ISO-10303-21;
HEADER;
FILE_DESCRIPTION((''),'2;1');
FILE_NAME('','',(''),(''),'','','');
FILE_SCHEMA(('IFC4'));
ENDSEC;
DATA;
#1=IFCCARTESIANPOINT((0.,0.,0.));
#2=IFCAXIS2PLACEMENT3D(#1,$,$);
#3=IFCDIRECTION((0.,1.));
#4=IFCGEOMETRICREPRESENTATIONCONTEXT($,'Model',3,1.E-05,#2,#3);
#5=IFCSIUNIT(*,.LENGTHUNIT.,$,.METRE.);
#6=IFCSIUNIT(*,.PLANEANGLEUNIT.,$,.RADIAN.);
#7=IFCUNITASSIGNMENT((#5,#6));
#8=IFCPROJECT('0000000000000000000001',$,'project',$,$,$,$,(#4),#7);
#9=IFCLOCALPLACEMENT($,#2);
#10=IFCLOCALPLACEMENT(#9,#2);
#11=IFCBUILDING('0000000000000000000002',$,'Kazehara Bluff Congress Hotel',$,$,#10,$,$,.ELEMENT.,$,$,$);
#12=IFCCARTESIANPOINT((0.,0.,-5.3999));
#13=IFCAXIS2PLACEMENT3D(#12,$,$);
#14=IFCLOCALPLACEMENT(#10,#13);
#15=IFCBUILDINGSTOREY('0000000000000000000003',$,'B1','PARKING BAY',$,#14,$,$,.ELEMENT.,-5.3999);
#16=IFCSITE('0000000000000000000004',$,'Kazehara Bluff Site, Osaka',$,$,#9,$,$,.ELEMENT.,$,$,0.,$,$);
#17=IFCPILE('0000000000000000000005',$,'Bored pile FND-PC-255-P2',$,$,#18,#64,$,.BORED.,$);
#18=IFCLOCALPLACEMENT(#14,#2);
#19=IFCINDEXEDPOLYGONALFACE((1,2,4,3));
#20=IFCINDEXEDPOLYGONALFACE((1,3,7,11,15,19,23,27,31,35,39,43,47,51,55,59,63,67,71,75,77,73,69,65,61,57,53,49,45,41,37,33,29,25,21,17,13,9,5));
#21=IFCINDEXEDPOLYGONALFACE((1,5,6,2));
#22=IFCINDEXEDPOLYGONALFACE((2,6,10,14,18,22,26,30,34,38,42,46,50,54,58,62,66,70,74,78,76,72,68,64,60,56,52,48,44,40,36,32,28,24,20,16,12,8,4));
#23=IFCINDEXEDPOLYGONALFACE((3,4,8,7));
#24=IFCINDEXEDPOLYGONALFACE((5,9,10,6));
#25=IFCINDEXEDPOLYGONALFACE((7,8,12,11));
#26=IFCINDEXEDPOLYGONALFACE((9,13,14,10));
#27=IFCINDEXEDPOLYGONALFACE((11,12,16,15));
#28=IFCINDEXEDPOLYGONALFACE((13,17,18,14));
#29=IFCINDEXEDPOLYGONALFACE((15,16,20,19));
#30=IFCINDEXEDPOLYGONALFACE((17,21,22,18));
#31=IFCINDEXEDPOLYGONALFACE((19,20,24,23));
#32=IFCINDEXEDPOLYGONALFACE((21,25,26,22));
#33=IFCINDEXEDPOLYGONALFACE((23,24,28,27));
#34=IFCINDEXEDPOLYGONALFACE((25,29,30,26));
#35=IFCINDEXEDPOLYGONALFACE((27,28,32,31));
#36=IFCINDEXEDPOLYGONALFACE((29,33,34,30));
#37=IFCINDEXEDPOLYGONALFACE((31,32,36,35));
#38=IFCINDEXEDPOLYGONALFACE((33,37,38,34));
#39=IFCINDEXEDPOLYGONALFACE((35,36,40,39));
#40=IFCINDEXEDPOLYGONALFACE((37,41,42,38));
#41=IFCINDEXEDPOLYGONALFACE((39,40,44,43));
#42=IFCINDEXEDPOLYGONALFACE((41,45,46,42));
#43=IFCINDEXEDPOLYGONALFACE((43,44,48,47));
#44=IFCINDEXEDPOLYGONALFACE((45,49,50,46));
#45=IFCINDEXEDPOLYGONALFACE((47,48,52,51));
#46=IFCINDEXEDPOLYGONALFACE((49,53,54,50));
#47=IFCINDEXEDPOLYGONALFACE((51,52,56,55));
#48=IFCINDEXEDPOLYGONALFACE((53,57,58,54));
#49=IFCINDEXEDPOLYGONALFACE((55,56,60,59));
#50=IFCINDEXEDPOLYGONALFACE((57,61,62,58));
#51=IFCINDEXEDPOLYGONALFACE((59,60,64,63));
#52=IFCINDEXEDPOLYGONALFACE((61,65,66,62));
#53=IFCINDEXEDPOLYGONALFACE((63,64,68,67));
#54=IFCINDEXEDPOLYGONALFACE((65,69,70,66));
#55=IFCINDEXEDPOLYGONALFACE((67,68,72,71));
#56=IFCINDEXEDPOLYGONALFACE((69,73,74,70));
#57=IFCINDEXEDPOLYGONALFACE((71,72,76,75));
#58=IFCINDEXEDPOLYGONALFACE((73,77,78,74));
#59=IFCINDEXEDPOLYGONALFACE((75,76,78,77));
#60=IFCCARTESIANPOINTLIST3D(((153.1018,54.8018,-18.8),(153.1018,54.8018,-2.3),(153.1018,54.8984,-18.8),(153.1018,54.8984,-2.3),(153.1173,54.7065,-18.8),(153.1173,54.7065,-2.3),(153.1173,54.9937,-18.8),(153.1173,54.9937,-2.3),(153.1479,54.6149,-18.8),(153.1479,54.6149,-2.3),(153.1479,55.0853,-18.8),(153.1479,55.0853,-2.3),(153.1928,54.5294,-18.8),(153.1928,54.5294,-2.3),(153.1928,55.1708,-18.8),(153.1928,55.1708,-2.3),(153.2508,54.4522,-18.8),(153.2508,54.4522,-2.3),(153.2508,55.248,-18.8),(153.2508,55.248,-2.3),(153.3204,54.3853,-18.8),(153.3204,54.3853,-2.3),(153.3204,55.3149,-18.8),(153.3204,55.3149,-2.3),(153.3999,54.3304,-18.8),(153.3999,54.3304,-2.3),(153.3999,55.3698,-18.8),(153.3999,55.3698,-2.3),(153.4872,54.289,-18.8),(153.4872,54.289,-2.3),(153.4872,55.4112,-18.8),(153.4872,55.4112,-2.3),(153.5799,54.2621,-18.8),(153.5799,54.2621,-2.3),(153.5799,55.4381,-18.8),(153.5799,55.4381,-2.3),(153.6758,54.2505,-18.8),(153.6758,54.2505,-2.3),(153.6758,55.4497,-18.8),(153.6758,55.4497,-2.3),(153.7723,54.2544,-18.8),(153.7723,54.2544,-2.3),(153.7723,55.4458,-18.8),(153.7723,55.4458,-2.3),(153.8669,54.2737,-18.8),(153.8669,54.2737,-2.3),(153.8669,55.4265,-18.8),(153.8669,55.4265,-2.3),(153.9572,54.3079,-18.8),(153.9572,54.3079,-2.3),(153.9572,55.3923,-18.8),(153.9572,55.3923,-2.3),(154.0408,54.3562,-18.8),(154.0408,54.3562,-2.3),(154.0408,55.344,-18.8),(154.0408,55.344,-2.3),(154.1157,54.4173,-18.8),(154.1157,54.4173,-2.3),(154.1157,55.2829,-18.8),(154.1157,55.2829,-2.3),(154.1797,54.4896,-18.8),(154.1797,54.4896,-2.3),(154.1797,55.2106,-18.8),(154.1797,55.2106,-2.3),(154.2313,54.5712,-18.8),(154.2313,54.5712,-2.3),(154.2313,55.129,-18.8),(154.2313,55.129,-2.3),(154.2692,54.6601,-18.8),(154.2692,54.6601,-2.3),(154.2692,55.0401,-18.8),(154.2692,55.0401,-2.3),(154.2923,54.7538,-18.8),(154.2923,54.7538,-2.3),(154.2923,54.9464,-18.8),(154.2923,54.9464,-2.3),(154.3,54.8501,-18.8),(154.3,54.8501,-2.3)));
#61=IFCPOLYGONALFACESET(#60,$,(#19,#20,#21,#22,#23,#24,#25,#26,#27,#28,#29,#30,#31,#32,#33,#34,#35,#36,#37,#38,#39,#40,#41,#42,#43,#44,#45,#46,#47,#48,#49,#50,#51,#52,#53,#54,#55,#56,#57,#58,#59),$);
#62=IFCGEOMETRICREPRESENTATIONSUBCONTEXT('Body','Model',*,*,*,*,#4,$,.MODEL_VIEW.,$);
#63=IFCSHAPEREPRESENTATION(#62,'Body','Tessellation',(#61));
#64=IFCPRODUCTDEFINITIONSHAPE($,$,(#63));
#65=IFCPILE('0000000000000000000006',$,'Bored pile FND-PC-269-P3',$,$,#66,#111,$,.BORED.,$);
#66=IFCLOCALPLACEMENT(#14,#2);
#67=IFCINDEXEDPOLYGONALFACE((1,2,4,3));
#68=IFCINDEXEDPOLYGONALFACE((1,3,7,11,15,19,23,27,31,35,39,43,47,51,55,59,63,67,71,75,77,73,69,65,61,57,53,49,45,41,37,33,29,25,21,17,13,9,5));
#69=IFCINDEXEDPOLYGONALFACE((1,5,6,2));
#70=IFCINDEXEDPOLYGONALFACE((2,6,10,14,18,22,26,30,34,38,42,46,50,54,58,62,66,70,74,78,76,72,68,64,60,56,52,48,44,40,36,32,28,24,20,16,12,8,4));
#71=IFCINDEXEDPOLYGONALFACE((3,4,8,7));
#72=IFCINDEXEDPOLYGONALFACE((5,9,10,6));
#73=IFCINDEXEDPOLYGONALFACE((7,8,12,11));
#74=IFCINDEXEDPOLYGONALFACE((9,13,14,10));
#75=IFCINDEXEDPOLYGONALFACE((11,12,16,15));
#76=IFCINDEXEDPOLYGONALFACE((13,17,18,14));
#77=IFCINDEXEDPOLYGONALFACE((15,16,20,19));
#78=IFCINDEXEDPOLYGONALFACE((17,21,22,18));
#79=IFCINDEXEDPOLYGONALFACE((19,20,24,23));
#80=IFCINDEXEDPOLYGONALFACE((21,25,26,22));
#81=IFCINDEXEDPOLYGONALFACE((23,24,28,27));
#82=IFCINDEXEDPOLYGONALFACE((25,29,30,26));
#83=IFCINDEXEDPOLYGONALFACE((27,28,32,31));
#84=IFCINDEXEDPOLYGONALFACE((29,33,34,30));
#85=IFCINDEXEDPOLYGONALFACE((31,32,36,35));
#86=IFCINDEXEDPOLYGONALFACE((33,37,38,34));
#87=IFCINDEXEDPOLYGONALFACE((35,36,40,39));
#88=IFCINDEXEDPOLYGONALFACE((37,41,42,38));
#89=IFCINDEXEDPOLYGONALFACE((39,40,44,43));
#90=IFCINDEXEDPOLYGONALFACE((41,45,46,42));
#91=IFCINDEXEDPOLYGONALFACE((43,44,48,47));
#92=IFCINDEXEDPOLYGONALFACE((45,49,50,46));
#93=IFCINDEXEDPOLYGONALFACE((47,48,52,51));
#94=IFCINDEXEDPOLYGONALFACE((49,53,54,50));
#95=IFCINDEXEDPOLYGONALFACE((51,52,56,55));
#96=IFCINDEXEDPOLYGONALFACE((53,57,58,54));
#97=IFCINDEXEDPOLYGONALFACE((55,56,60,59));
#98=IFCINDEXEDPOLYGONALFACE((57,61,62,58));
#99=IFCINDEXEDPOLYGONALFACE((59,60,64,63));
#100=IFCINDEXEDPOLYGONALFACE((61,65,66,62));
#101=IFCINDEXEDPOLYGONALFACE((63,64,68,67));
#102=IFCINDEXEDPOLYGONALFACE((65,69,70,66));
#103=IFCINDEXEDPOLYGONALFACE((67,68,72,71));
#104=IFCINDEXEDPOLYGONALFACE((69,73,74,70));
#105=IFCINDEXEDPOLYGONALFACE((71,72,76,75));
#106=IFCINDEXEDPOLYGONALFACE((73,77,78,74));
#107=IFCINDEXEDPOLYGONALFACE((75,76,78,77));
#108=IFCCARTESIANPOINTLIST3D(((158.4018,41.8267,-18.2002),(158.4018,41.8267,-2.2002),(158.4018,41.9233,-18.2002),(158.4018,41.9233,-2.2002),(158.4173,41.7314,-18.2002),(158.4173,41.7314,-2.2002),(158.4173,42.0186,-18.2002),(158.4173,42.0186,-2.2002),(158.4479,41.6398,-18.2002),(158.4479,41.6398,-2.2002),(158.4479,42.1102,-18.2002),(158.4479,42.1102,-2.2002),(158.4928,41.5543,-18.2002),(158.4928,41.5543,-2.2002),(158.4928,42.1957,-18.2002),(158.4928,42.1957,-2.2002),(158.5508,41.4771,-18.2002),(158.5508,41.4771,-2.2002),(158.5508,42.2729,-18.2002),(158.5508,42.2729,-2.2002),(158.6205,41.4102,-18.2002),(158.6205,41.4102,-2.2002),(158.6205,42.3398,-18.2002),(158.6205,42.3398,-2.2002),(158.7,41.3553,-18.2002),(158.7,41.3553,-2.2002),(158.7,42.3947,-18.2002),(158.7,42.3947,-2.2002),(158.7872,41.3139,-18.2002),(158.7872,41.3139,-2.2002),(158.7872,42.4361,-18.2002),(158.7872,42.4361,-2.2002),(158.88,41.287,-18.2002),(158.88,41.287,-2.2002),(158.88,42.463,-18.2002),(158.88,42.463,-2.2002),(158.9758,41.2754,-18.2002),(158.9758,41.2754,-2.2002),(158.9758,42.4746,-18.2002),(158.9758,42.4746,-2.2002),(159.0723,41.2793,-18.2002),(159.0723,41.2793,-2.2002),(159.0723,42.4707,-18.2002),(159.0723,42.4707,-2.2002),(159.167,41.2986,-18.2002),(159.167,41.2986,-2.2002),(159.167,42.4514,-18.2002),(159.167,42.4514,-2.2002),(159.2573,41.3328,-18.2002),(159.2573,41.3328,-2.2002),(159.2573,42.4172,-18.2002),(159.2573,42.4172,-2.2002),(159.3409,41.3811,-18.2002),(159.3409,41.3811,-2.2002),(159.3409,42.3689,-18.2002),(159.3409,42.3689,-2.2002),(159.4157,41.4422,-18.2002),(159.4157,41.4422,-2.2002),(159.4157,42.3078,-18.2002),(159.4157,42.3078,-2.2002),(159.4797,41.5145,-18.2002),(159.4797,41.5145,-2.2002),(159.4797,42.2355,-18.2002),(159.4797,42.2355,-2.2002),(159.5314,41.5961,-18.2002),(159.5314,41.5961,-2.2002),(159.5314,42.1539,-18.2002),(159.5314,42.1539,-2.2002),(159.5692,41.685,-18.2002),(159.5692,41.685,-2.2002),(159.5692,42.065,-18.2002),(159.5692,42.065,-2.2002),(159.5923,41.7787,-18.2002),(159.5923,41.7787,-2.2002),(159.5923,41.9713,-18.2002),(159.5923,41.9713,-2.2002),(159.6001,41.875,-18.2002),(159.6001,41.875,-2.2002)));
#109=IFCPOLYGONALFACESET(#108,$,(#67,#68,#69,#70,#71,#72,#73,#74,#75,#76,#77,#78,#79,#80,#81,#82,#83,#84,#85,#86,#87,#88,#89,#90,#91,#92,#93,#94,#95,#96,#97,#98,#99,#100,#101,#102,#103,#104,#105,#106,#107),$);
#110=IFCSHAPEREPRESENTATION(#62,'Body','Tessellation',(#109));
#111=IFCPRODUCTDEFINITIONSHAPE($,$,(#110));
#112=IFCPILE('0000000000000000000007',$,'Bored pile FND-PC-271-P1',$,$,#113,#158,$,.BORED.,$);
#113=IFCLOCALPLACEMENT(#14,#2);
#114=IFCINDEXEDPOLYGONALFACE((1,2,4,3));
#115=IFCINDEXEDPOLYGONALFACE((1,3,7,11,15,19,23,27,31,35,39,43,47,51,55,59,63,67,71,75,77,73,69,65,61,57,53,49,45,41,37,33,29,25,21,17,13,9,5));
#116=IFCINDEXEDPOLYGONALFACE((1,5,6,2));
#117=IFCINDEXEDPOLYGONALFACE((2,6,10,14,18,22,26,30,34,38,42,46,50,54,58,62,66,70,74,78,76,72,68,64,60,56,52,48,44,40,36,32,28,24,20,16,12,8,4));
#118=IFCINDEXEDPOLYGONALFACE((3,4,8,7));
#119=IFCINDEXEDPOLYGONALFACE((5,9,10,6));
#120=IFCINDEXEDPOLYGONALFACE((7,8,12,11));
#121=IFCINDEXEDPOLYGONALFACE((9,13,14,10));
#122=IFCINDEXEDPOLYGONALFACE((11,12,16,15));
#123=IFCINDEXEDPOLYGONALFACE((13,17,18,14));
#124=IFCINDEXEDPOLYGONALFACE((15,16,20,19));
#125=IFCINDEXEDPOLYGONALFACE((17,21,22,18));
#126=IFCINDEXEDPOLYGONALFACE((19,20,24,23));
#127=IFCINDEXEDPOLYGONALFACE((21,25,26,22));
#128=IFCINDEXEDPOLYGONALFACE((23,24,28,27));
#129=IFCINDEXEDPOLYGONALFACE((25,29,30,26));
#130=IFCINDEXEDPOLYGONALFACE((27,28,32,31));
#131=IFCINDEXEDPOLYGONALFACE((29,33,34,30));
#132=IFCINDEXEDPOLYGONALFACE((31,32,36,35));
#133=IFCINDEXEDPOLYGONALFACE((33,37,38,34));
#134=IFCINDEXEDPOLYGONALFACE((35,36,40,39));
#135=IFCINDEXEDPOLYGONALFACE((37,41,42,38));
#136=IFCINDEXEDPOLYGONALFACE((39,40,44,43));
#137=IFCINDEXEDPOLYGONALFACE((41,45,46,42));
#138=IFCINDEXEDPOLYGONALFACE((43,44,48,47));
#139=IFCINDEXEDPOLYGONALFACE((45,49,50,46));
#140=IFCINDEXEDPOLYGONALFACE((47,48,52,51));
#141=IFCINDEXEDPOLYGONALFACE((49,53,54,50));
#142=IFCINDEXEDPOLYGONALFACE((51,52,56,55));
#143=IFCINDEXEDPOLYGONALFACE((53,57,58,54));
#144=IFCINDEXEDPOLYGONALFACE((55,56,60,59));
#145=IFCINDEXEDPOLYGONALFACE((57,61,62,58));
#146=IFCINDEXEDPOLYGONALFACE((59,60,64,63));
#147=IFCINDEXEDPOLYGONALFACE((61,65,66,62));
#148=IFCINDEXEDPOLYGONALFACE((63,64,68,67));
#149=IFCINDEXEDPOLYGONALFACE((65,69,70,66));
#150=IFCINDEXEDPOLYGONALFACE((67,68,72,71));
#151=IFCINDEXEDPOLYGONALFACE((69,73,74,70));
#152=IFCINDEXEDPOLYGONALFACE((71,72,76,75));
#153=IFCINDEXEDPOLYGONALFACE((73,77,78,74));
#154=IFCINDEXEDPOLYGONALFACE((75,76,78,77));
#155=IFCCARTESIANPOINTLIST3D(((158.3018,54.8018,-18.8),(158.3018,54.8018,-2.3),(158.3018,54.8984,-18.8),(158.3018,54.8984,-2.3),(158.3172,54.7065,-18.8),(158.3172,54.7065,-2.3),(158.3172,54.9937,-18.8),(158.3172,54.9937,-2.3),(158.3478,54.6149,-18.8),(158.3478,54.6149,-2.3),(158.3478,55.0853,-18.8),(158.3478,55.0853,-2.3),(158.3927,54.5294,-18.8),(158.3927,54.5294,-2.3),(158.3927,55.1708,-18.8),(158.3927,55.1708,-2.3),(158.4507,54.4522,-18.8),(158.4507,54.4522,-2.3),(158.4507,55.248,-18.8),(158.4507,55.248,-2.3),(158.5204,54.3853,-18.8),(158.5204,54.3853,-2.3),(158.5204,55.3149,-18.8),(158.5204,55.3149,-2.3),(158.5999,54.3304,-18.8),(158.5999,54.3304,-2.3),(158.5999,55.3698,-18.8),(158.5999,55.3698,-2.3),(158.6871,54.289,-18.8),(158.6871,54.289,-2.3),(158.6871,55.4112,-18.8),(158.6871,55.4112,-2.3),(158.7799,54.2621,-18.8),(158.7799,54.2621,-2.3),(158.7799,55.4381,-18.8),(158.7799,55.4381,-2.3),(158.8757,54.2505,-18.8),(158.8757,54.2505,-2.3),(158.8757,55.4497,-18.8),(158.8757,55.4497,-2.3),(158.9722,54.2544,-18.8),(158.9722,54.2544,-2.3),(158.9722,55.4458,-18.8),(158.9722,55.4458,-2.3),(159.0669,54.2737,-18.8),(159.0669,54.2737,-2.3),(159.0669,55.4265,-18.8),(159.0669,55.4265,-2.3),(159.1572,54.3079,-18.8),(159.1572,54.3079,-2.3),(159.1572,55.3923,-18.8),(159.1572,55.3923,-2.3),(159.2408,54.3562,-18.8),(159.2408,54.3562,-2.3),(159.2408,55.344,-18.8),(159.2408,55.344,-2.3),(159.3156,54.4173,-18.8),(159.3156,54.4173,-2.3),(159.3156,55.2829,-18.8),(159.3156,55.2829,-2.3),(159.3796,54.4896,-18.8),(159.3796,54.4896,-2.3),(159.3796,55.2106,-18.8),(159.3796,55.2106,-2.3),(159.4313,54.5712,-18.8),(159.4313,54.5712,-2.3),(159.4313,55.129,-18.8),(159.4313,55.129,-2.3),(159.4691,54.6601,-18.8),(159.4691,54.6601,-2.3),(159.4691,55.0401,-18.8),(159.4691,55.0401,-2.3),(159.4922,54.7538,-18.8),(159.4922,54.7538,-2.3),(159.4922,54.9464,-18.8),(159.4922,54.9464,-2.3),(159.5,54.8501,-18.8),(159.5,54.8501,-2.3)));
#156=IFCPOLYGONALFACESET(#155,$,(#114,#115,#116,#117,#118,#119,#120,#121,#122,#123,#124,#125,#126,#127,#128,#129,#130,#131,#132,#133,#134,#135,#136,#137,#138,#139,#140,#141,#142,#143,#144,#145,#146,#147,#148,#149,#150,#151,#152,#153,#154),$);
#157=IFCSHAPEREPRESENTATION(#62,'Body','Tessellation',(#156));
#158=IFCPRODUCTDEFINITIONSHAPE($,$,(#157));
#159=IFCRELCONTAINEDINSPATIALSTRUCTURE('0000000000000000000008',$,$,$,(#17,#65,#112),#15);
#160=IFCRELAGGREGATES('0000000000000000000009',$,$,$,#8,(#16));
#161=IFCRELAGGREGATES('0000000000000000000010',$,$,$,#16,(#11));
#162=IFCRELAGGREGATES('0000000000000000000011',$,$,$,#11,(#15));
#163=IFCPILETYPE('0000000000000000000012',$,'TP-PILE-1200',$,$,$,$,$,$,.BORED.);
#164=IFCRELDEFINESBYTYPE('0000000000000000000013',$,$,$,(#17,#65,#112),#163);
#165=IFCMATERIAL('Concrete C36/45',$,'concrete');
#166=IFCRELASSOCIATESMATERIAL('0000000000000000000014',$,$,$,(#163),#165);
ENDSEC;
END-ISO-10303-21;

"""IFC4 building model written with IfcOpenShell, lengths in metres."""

from ifc_helpers import new_model, si_unit, direction, frame, origin, origin_2d, place, context, subcontext, project, spatial, circle, extrude, material, material_profile, profile_set, type_object, element, save


model = new_model("IFC4")

# Units and contexts
model_context = context("Model", 3, precision=1e-05, world=origin(), true_north=direction((0.0, 1.0)))
body_context = subcontext(model_context, "Body", "Model", "MODEL_VIEW")
ifc_project = project(units=[si_unit("LENGTHUNIT", "METRE"), si_unit("PLANEANGLEUNIT", "RADIAN")], contexts=[model_context])

# Site, building, storey
site_placement = place(None, origin())
site = spatial("IfcSite", under=ifc_project, at=site_placement, Name="Kazehara Bluff Site, Osaka", CompositionType="ELEMENT", RefElevation=0.0)
building_placement = place(site_placement, origin())
building = spatial("IfcBuilding", under=site, at=building_placement, Name="Kazehara Bluff Congress Hotel", CompositionType="ELEMENT")
storey_placement = place(building_placement, frame((0.0, 0.0, -5.3999)))
storey = spatial("IfcBuildingStorey", under=building, at=storey_placement, Name="B1", Description="PARKING BAY", CompositionType="ELEMENT", Elevation=-5.3999)

# Piles
ifc_material_1 = material(Name="Concrete C36/45", Category="concrete")
ifc_material_profile_1 = material_profile(ifc_material_1, circle(Radius=0.6001, at=origin_2d()))
ifc_profile_set_1 = profile_set([ifc_material_profile_1], Name="Concrete C36/45")
pile_type_1 = type_object("IfcPileType", Name="TP-PILE-1200", PredefinedType="BORED", material=ifc_profile_set_1)
for number, where, z_axis, x_axis, name in (
    (1, (153.7, 54.8501, -2.3), (0.0, 0.0, -1.0), (1.0, 0.0, 0.0), "Bored pile FND-PC-255-P2"),
):
    element("IfcPile", number, at=place(storey_placement, frame(where, z_axis=z_axis, x_axis=x_axis)), inside=storey, type_object=pile_type_1, Name=name, PredefinedType="BORED", context=body_context, shape_type="SweptSolid", body=[
        extrude(circle(Radius=0.6001, at=origin_2d()), origin(), (0.0, 0.0, 1.0), 16.5),
    ])
pile_1_placement = place(storey_placement, frame((159.0, 41.875, -2.2002), z_axis=(0.0, 0.0, -1.0), x_axis=(1.0, 0.0, 0.0)))
element("IfcPile", 2, at=pile_1_placement, inside=storey, type_object=pile_type_1, Name="Bored pile FND-PC-269-P3", PredefinedType="BORED", context=body_context, shape_type="SweptSolid", body=[
    extrude(circle(Radius=0.6001, at=origin_2d()), origin(), (0.0, 0.0, 1.0), 16.0),
])
pile_2_placement = place(storey_placement, frame((158.8999, 54.8501, -2.3), z_axis=(0.0, 0.0, -1.0), x_axis=(1.0, 0.0, 0.0)))
element("IfcPile", 3, at=pile_2_placement, inside=storey, type_object=pile_type_1, Name="Bored pile FND-PC-271-P1", PredefinedType="BORED", context=body_context, shape_type="SweptSolid", body=[
    extrude(circle(Radius=0.6001, at=origin_2d()), origin(), (0.0, 0.0, 1.0), 16.5),
])

save(model, "model.ifc")
